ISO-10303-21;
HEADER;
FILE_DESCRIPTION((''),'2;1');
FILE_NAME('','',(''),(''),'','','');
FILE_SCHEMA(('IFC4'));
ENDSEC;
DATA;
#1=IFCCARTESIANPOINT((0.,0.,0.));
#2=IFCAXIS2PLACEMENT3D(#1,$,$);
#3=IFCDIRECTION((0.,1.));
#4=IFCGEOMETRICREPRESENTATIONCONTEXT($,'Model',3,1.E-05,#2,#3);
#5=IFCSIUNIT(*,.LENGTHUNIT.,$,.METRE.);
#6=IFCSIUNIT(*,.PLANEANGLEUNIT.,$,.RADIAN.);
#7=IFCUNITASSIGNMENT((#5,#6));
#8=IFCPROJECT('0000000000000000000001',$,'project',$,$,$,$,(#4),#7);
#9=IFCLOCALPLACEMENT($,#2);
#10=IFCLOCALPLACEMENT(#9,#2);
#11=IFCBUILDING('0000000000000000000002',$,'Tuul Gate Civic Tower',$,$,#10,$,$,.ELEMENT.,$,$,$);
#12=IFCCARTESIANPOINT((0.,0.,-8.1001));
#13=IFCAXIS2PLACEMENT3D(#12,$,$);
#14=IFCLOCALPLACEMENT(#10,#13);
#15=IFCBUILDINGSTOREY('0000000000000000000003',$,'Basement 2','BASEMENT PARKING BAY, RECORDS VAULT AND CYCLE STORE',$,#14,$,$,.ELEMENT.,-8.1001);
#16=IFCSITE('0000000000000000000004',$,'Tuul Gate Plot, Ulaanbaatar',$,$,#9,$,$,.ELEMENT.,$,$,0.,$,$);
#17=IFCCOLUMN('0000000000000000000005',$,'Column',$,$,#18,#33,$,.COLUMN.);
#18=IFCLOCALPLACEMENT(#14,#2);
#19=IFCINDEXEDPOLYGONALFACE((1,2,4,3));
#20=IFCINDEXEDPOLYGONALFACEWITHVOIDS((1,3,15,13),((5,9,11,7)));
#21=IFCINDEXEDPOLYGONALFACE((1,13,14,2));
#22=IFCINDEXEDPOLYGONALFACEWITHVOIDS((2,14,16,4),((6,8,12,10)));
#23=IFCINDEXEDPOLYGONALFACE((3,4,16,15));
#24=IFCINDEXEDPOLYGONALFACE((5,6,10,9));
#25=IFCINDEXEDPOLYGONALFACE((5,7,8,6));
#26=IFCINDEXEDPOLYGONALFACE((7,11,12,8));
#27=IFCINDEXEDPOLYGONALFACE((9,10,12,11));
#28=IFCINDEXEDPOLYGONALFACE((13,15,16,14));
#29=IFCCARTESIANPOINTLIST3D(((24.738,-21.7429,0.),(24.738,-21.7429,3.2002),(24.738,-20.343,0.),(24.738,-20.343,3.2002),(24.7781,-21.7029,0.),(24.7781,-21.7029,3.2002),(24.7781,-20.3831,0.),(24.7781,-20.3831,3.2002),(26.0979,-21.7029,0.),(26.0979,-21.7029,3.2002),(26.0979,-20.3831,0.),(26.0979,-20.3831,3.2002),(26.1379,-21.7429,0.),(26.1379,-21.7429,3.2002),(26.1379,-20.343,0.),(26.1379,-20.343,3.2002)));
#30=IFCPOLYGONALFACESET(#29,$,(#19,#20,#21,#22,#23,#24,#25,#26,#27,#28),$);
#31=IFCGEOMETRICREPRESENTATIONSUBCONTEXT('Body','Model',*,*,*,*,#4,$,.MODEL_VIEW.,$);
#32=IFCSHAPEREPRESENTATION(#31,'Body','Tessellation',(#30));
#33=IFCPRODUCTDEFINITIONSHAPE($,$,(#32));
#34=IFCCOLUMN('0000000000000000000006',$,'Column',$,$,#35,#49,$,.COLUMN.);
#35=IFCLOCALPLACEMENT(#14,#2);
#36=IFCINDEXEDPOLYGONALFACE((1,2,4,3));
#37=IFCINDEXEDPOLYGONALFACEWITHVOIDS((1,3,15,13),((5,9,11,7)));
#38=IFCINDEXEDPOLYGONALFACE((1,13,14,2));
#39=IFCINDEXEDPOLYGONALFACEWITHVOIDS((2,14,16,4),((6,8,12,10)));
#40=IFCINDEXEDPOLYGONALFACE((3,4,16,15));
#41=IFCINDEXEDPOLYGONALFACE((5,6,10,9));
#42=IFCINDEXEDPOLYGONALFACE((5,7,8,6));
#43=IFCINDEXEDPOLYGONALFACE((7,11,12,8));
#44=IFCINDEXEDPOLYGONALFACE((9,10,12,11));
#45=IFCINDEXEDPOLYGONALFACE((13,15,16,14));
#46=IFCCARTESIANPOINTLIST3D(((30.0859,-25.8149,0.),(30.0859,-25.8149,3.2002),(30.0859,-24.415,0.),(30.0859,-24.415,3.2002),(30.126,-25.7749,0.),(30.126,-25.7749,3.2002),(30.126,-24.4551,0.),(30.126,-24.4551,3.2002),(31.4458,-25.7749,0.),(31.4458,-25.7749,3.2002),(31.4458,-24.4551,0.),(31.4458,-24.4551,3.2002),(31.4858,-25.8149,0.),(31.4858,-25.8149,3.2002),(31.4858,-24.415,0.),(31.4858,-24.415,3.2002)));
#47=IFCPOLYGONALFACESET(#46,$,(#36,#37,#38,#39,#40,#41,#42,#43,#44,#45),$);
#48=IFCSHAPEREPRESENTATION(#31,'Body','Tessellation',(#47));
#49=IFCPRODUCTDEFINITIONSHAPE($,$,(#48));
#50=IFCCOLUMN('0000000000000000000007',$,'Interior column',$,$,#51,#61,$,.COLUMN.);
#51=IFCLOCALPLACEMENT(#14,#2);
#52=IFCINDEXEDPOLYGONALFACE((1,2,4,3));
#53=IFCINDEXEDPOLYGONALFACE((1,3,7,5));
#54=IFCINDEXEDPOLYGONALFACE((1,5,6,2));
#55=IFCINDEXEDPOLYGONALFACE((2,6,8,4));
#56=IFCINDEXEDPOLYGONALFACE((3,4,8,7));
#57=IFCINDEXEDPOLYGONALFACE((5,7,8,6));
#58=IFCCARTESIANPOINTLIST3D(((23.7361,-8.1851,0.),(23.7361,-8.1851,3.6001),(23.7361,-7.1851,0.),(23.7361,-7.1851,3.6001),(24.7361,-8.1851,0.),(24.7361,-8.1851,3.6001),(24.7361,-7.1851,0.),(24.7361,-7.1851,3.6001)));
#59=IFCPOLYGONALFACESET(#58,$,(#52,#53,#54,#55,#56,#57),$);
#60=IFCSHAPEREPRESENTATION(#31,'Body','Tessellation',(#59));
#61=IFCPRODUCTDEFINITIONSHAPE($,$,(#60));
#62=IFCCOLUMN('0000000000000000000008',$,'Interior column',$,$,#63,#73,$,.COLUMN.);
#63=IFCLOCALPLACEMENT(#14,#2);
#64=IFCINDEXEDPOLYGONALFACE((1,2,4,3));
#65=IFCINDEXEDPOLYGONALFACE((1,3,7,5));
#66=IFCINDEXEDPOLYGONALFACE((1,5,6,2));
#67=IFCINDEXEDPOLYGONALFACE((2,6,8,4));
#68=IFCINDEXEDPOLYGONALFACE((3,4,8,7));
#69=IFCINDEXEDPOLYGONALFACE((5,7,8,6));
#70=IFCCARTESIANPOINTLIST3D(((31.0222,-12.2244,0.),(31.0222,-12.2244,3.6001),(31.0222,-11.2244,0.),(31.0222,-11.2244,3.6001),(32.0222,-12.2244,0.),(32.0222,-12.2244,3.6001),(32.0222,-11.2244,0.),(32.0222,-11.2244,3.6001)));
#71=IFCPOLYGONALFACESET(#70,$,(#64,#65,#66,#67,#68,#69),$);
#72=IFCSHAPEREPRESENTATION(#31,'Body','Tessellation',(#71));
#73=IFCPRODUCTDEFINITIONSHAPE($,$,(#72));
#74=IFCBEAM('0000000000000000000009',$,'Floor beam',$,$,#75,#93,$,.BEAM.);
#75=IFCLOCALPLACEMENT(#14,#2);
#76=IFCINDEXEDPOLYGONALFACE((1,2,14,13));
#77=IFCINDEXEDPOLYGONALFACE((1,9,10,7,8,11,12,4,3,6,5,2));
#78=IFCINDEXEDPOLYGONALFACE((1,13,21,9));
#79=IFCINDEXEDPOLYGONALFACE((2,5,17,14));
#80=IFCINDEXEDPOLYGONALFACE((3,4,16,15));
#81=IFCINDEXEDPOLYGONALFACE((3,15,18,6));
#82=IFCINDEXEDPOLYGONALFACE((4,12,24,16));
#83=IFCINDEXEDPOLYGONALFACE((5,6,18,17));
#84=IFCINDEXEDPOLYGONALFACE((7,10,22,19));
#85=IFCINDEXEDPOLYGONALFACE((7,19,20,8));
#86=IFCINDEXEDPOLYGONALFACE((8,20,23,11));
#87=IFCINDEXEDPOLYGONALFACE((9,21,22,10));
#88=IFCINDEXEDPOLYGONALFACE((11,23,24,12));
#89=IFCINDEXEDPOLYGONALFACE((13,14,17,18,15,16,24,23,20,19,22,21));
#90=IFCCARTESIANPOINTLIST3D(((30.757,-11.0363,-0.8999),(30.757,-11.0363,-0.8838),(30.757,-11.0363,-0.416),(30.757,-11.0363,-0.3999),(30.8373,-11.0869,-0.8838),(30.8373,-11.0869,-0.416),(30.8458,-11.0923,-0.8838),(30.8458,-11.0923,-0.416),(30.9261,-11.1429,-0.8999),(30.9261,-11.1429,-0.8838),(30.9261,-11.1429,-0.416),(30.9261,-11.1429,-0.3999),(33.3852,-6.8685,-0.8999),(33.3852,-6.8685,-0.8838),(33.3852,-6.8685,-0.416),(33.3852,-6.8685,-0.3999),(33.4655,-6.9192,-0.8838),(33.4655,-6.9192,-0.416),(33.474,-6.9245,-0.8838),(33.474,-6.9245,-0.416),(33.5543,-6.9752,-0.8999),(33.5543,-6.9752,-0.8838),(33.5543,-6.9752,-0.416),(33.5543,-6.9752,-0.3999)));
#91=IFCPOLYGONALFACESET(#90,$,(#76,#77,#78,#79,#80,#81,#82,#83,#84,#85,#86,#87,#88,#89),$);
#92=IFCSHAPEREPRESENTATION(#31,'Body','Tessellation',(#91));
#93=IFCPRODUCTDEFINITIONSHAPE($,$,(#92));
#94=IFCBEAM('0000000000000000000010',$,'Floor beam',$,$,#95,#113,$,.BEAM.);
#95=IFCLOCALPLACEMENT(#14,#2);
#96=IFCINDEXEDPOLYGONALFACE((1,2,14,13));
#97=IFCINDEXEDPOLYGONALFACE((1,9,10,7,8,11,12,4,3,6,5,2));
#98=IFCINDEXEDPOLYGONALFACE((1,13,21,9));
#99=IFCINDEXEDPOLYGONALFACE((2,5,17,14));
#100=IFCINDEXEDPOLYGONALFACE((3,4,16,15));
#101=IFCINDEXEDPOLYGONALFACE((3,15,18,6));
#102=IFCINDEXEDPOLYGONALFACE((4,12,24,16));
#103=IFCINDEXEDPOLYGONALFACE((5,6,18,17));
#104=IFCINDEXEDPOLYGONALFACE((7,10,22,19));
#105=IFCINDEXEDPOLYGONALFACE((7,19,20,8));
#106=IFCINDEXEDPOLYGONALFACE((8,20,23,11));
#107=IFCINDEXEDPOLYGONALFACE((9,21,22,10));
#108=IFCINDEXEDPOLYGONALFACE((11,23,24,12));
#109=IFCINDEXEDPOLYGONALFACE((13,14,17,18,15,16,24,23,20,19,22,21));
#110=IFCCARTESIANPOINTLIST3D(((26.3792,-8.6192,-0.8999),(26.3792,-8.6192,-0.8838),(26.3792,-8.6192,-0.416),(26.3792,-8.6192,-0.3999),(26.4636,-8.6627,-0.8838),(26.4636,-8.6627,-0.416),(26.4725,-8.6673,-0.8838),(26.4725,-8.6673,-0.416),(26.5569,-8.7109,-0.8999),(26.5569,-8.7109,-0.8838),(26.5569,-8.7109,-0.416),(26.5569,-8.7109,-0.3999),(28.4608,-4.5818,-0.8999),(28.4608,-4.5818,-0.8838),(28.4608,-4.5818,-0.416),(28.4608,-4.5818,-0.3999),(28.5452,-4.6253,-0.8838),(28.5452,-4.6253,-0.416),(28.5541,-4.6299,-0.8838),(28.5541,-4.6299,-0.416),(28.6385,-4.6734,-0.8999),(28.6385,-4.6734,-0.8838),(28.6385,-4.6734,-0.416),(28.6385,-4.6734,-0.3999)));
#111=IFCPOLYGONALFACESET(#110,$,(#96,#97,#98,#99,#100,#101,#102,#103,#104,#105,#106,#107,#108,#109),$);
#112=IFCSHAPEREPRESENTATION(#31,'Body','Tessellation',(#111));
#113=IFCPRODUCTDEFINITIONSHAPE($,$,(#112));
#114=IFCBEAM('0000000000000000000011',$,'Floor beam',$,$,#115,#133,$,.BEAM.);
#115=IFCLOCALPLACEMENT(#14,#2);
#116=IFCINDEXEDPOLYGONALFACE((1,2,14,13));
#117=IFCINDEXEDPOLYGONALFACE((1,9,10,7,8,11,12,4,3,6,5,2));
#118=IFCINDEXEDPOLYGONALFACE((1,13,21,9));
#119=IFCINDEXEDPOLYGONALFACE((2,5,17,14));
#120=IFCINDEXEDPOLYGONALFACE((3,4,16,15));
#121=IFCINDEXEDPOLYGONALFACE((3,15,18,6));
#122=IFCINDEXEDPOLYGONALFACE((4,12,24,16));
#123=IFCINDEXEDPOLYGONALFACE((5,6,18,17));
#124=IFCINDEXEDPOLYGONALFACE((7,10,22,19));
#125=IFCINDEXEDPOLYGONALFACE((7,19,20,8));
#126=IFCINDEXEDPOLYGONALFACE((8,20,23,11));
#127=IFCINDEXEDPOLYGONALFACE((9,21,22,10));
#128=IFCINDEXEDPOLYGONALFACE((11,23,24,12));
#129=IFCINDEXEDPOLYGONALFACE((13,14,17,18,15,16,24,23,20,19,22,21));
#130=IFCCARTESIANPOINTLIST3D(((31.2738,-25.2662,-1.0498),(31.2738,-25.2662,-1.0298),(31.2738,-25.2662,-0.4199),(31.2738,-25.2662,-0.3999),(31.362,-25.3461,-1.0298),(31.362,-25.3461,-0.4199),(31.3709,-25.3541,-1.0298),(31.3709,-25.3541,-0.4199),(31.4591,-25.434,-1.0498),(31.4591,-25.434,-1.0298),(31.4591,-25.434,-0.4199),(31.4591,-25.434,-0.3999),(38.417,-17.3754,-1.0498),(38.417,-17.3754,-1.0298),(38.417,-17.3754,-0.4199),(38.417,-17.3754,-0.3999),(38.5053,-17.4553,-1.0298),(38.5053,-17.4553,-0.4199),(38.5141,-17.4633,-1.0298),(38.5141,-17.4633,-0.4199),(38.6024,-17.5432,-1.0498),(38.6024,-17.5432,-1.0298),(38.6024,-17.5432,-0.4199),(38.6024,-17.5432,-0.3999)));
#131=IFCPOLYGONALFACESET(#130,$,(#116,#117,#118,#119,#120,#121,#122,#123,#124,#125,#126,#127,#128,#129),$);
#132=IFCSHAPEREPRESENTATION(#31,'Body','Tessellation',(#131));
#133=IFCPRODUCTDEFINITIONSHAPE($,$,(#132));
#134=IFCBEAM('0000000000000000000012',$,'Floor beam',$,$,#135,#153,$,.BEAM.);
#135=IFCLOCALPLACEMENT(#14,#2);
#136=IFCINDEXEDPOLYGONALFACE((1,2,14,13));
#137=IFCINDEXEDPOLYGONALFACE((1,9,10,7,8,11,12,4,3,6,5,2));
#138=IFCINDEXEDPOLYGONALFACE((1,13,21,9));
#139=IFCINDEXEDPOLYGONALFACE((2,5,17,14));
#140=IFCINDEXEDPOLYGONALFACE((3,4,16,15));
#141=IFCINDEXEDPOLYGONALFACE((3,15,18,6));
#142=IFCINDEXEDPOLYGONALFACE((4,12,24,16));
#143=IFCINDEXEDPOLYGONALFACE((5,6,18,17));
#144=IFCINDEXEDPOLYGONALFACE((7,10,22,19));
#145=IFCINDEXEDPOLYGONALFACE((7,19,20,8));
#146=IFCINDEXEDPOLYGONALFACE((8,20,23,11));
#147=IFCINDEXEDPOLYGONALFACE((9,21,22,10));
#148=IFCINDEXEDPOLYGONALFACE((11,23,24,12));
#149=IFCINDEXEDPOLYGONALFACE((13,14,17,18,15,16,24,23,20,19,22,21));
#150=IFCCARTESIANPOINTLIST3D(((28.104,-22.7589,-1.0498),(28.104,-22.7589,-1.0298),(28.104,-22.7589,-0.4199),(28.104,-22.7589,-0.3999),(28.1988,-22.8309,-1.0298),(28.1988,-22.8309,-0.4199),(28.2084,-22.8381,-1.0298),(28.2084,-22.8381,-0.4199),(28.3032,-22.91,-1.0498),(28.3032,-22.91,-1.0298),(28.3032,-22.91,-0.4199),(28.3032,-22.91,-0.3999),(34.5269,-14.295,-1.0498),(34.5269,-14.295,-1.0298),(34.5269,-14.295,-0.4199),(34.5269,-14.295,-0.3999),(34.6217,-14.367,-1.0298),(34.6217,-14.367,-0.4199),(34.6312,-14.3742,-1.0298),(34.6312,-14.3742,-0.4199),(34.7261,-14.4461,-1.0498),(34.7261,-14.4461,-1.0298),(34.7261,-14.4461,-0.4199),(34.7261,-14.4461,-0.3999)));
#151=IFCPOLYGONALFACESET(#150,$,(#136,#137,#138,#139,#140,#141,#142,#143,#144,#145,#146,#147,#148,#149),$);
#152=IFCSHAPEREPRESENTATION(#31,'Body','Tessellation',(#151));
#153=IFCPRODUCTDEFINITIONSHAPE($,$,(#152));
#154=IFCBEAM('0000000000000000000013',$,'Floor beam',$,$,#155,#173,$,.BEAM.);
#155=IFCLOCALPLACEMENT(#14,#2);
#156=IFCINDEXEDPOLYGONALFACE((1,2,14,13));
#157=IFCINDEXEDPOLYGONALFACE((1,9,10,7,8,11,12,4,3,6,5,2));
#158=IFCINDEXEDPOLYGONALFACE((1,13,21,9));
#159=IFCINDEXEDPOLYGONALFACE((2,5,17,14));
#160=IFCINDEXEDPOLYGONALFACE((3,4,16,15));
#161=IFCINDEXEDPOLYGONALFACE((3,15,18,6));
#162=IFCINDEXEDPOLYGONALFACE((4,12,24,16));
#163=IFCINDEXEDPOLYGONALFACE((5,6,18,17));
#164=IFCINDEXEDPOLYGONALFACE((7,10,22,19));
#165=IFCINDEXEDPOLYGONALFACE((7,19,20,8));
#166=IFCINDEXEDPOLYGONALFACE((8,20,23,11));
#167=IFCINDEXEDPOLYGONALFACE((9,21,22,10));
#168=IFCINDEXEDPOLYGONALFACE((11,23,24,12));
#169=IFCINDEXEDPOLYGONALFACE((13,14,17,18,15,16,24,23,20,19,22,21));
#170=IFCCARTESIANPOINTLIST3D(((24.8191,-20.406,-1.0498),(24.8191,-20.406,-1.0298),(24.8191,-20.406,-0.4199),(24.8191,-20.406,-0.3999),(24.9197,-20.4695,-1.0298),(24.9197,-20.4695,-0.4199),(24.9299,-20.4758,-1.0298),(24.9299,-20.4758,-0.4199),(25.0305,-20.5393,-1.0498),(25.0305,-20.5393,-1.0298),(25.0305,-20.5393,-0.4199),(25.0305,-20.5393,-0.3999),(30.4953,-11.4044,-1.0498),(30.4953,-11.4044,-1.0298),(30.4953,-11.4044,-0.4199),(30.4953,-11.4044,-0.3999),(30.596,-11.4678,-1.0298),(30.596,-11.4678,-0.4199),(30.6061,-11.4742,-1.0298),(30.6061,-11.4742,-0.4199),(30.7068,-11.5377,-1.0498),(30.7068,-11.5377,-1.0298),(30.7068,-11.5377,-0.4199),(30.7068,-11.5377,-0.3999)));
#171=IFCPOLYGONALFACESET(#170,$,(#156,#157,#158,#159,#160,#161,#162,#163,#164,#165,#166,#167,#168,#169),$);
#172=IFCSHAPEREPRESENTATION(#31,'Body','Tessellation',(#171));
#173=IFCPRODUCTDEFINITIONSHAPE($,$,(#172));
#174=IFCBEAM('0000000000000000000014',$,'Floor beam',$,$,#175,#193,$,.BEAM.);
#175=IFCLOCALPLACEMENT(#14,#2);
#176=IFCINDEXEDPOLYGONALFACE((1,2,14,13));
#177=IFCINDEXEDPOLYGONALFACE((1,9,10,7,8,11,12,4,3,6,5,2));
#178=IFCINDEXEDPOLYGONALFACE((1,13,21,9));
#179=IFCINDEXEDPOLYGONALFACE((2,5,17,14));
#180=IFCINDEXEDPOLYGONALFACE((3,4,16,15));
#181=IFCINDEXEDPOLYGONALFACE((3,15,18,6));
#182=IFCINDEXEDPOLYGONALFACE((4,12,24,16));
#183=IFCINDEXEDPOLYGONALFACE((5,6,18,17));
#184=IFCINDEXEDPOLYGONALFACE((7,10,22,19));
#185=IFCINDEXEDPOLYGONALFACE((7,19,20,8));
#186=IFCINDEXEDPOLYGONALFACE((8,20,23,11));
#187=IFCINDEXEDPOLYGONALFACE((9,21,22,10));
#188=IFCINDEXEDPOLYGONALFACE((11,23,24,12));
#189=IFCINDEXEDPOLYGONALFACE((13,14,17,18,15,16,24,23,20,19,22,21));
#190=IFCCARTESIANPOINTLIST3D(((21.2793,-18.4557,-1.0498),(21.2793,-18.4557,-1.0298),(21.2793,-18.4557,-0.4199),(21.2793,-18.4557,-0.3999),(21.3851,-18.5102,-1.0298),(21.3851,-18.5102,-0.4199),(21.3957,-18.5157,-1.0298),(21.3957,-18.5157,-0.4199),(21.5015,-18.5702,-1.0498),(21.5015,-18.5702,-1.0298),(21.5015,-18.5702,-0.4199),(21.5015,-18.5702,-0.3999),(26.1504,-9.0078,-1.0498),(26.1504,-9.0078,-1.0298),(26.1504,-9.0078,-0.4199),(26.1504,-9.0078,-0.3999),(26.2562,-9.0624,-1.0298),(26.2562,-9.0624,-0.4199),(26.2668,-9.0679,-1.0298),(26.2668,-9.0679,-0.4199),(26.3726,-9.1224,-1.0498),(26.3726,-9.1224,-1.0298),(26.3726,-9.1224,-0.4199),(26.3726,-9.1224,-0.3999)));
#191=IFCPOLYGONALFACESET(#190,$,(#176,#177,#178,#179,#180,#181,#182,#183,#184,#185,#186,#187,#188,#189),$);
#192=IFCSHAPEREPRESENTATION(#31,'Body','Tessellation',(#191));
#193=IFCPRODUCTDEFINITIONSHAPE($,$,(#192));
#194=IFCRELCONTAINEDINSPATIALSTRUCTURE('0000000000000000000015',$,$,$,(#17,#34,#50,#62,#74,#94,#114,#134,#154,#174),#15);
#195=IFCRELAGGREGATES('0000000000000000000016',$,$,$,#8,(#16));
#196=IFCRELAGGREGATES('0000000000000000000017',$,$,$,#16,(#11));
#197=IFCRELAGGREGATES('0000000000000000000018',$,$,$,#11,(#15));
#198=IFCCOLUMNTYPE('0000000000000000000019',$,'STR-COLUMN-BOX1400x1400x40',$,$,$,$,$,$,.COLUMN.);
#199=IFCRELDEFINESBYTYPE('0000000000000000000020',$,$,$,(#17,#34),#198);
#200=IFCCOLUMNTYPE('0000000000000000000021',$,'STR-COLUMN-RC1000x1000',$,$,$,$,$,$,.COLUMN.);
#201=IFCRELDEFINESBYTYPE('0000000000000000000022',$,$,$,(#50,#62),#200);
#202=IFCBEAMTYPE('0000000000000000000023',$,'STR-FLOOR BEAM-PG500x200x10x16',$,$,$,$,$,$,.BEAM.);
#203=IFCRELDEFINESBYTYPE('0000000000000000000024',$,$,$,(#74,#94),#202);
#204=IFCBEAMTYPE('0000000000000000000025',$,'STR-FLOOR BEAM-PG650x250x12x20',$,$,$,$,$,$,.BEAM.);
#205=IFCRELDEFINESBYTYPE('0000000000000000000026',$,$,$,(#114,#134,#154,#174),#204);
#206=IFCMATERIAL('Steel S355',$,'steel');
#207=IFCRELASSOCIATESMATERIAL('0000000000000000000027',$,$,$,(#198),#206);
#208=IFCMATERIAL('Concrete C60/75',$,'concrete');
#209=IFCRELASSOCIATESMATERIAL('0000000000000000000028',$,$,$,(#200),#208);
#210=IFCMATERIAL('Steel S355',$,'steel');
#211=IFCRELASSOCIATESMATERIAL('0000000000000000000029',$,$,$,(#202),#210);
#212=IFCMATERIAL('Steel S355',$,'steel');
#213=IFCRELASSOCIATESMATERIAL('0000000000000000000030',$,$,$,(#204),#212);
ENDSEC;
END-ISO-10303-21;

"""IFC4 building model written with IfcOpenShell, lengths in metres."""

from ifc_helpers import new_model, si_unit, direction, frame, origin, origin_2d, place, context, subcontext, project, spatial, rectangle, hollow_rectangle, i_section, extrude, material, material_profile, profile_set, type_object, element, save


model = new_model("IFC4")

# Units and contexts
model_context = context("Model", 3, precision=1e-05, world=origin(), true_north=direction((0.0, 1.0)))
body_context = subcontext(model_context, "Body", "Model", "MODEL_VIEW")
ifc_project = project(units=[si_unit("LENGTHUNIT", "METRE"), si_unit("PLANEANGLEUNIT", "RADIAN")], contexts=[model_context])

# Site, building, storey
site_placement = place(None, origin())
site = spatial("IfcSite", under=ifc_project, at=site_placement, Name="Tuul Gate Plot, Ulaanbaatar", CompositionType="ELEMENT", RefElevation=0.0)
building_placement = place(site_placement, origin())
building = spatial("IfcBuilding", under=site, at=building_placement, Name="Tuul Gate Civic Tower", CompositionType="ELEMENT")
storey_placement = place(building_placement, frame((0.0, 0.0, -8.1001)))
storey = spatial("IfcBuildingStorey", under=building, at=storey_placement, Name="Basement 2", Description="BASEMENT PARKING BAY, RECORDS VAULT AND CYCLE STORE", CompositionType="ELEMENT", Elevation=-8.1001)

# Columns
ifc_material_1 = material(Name="Steel S355", Category="steel")
ifc_material_profile_1 = material_profile(ifc_material_1, hollow_rectangle(XDim=1.3999, YDim=1.3999, WallThickness=0.04, at=origin_2d()), Name="BOX1400x1400x40")
ifc_profile_set_1 = profile_set([ifc_material_profile_1], Name="Steel S355")
column_type_1 = type_object("IfcColumnType", Name="STR-COLUMN-BOX1400x1400x40", PredefinedType="COLUMN", material=ifc_profile_set_1)
for number, where, z_axis, x_axis, name in (
    (1, (25.438, -21.043, 0.0), (0.0, 0.0, 1.0), (1.0, 0.0, 0.0), "Column"),
    (2, (30.7859, -25.115, 0.0), (0.0, 0.0, 1.0), (1.0, 0.0, 0.0), "Column"),
):
    element("IfcColumn", number, at=place(storey_placement, frame(where, z_axis=z_axis, x_axis=x_axis)), inside=storey, type_object=column_type_1, Name=name, PredefinedType="COLUMN", context=body_context, shape_type="SweptSolid", body=[
        extrude(hollow_rectangle(XDim=1.3999, YDim=1.3999, WallThickness=0.04, at=origin_2d()), origin(), (0.0, 0.0, 1.0), 3.2002),
    ])
ifc_material_2 = material(Name="Concrete C60/75", Category="concrete")
ifc_material_profile_2 = material_profile(ifc_material_2, rectangle(XDim=1.0, YDim=1.0, at=origin_2d()), Name="RC1000x1000")
ifc_profile_set_2 = profile_set([ifc_material_profile_2], Name="Concrete C60/75")
column_type_2 = type_object("IfcColumnType", Name="STR-COLUMN-RC1000x1000", PredefinedType="COLUMN", material=ifc_profile_set_2)
for number, where, z_axis, x_axis, name in (
    (3, (24.2361, -7.6851, 0.0), (0.0, 0.0, 1.0), (1.0, 0.0, 0.0), "Interior column"),
    (4, (31.5222, -11.7244, 0.0), (0.0, 0.0, 1.0), (1.0, 0.0, 0.0), "Interior column"),
):
    element("IfcColumn", number, at=place(storey_placement, frame(where, z_axis=z_axis, x_axis=x_axis)), inside=storey, type_object=column_type_2, Name=name, PredefinedType="COLUMN", context=body_context, shape_type="SweptSolid", body=[
        extrude(rectangle(XDim=1.0, YDim=1.0, at=origin_2d()), origin(), (0.0, 0.0, 1.0), 3.6001),
    ])

# Beams
ifc_material_3 = material(Name="Steel S355", Category="steel")
ifc_material_profile_3 = material_profile(ifc_material_3, i_section(OverallWidth=0.2, OverallDepth=0.5, WebThickness=0.01, FlangeThickness=0.0161, at=origin_2d()), Name="PG500x200x10x16")
ifc_profile_set_3 = profile_set([ifc_material_profile_3], Name="Steel S355")
beam_type_1 = type_object("IfcBeamType", Name="STR-FLOOR BEAM-PG500x200x10x16", PredefinedType="BEAM", material=ifc_profile_set_3)
beam_1_placement = place(storey_placement, frame((30.8416, -11.0896, -0.6499), z_axis=(0.533402, 0.845862, 0.0), x_axis=(-0.845862, 0.533402, 0.0)))
element("IfcBeam", 5, at=beam_1_placement, inside=storey, type_object=beam_type_1, Name="Floor beam", PredefinedType="BEAM", context=body_context, shape_type="SweptSolid", body=[
    extrude(i_section(OverallWidth=0.2, OverallDepth=0.5, WebThickness=0.01, FlangeThickness=0.0161, at=origin_2d()), origin(), (0.0, 0.0, 1.0), 4.9272),
])
beam_2_placement = place(storey_placement, frame((26.468, -8.665, -0.6499), z_axis=(0.458251, 0.888823, 0.0), x_axis=(-0.888823, 0.458251, 0.0)))
element("IfcBeam", 6, at=beam_2_placement, inside=storey, type_object=beam_type_1, Name="Floor beam", PredefinedType="BEAM", context=body_context, shape_type="SweptSolid", body=[
    extrude(i_section(OverallWidth=0.2, OverallDepth=0.5, WebThickness=0.01, FlangeThickness=0.0161, at=origin_2d()), origin(), (0.0, 0.0, 1.0), 4.5425),
])
ifc_material_4 = material(Name="Steel S355", Category="steel")
ifc_material_profile_4 = material_profile(ifc_material_4, i_section(OverallWidth=0.25, OverallDepth=0.6499, WebThickness=0.012, FlangeThickness=0.02, at=origin_2d()), Name="PG650x250x12x20")
ifc_profile_set_4 = profile_set([ifc_material_profile_4], Name="Steel S355")
beam_type_2 = type_object("IfcBeamType", Name="STR-FLOOR BEAM-PG650x250x12x20", PredefinedType="BEAM", material=ifc_profile_set_4)
beam_3_placement = place(storey_placement, frame((31.3665, -25.3501, -0.7249), z_axis=(0.671118, 0.741351, 0.0), x_axis=(-0.741351, 0.671118, 0.0)))
element("IfcBeam", 7, at=beam_3_placement, inside=storey, type_object=beam_type_2, Name="Floor beam", PredefinedType="BEAM", context=body_context, shape_type="SweptSolid", body=[
    extrude(i_section(OverallWidth=0.25, OverallDepth=0.6499, WebThickness=0.012, FlangeThickness=0.02, at=origin_2d()), origin(), (0.0, 0.0, 1.0), 10.6438),
])
beam_4_placement = place(storey_placement, frame((28.2036, -22.8345, -0.7249), z_axis=(0.604505, 0.796601, 0.0), x_axis=(-0.796601, 0.604505, 0.0)))
element("IfcBeam", 8, at=beam_4_placement, inside=storey, type_object=beam_type_2, Name="Floor beam", PredefinedType="BEAM", context=body_context, shape_type="SweptSolid", body=[
    extrude(i_section(OverallWidth=0.25, OverallDepth=0.6499, WebThickness=0.012, FlangeThickness=0.02, at=origin_2d()), origin(), (0.0, 0.0, 1.0), 10.625),
])
beam_5_placement = place(storey_placement, frame((24.9248, -20.4727, -0.7249), z_axis=(0.533387, 0.845871, 0.0), x_axis=(-0.845871, 0.533387, 0.0)))
element("IfcBeam", 9, at=beam_5_placement, inside=storey, type_object=beam_type_2, Name="Floor beam", PredefinedType="BEAM", context=body_context, shape_type="SweptSolid", body=[
    extrude(i_section(OverallWidth=0.25, OverallDepth=0.6499, WebThickness=0.012, FlangeThickness=0.02, at=origin_2d()), origin(), (0.0, 0.0, 1.0), 10.6418),
])
beam_6_placement = place(storey_placement, frame((21.3904, -18.5129, -0.7249), z_axis=(0.458259, 0.888819, 0.0), x_axis=(-0.888819, 0.458259, 0.0)))
element("IfcBeam", 10, at=beam_6_placement, inside=storey, type_object=beam_type_2, Name="Floor beam", PredefinedType="BEAM", context=body_context, shape_type="SweptSolid", body=[
    extrude(i_section(OverallWidth=0.25, OverallDepth=0.6499, WebThickness=0.012, FlangeThickness=0.02, at=origin_2d()), origin(), (0.0, 0.0, 1.0), 10.6296),
])

save(model, "model.ifc")
